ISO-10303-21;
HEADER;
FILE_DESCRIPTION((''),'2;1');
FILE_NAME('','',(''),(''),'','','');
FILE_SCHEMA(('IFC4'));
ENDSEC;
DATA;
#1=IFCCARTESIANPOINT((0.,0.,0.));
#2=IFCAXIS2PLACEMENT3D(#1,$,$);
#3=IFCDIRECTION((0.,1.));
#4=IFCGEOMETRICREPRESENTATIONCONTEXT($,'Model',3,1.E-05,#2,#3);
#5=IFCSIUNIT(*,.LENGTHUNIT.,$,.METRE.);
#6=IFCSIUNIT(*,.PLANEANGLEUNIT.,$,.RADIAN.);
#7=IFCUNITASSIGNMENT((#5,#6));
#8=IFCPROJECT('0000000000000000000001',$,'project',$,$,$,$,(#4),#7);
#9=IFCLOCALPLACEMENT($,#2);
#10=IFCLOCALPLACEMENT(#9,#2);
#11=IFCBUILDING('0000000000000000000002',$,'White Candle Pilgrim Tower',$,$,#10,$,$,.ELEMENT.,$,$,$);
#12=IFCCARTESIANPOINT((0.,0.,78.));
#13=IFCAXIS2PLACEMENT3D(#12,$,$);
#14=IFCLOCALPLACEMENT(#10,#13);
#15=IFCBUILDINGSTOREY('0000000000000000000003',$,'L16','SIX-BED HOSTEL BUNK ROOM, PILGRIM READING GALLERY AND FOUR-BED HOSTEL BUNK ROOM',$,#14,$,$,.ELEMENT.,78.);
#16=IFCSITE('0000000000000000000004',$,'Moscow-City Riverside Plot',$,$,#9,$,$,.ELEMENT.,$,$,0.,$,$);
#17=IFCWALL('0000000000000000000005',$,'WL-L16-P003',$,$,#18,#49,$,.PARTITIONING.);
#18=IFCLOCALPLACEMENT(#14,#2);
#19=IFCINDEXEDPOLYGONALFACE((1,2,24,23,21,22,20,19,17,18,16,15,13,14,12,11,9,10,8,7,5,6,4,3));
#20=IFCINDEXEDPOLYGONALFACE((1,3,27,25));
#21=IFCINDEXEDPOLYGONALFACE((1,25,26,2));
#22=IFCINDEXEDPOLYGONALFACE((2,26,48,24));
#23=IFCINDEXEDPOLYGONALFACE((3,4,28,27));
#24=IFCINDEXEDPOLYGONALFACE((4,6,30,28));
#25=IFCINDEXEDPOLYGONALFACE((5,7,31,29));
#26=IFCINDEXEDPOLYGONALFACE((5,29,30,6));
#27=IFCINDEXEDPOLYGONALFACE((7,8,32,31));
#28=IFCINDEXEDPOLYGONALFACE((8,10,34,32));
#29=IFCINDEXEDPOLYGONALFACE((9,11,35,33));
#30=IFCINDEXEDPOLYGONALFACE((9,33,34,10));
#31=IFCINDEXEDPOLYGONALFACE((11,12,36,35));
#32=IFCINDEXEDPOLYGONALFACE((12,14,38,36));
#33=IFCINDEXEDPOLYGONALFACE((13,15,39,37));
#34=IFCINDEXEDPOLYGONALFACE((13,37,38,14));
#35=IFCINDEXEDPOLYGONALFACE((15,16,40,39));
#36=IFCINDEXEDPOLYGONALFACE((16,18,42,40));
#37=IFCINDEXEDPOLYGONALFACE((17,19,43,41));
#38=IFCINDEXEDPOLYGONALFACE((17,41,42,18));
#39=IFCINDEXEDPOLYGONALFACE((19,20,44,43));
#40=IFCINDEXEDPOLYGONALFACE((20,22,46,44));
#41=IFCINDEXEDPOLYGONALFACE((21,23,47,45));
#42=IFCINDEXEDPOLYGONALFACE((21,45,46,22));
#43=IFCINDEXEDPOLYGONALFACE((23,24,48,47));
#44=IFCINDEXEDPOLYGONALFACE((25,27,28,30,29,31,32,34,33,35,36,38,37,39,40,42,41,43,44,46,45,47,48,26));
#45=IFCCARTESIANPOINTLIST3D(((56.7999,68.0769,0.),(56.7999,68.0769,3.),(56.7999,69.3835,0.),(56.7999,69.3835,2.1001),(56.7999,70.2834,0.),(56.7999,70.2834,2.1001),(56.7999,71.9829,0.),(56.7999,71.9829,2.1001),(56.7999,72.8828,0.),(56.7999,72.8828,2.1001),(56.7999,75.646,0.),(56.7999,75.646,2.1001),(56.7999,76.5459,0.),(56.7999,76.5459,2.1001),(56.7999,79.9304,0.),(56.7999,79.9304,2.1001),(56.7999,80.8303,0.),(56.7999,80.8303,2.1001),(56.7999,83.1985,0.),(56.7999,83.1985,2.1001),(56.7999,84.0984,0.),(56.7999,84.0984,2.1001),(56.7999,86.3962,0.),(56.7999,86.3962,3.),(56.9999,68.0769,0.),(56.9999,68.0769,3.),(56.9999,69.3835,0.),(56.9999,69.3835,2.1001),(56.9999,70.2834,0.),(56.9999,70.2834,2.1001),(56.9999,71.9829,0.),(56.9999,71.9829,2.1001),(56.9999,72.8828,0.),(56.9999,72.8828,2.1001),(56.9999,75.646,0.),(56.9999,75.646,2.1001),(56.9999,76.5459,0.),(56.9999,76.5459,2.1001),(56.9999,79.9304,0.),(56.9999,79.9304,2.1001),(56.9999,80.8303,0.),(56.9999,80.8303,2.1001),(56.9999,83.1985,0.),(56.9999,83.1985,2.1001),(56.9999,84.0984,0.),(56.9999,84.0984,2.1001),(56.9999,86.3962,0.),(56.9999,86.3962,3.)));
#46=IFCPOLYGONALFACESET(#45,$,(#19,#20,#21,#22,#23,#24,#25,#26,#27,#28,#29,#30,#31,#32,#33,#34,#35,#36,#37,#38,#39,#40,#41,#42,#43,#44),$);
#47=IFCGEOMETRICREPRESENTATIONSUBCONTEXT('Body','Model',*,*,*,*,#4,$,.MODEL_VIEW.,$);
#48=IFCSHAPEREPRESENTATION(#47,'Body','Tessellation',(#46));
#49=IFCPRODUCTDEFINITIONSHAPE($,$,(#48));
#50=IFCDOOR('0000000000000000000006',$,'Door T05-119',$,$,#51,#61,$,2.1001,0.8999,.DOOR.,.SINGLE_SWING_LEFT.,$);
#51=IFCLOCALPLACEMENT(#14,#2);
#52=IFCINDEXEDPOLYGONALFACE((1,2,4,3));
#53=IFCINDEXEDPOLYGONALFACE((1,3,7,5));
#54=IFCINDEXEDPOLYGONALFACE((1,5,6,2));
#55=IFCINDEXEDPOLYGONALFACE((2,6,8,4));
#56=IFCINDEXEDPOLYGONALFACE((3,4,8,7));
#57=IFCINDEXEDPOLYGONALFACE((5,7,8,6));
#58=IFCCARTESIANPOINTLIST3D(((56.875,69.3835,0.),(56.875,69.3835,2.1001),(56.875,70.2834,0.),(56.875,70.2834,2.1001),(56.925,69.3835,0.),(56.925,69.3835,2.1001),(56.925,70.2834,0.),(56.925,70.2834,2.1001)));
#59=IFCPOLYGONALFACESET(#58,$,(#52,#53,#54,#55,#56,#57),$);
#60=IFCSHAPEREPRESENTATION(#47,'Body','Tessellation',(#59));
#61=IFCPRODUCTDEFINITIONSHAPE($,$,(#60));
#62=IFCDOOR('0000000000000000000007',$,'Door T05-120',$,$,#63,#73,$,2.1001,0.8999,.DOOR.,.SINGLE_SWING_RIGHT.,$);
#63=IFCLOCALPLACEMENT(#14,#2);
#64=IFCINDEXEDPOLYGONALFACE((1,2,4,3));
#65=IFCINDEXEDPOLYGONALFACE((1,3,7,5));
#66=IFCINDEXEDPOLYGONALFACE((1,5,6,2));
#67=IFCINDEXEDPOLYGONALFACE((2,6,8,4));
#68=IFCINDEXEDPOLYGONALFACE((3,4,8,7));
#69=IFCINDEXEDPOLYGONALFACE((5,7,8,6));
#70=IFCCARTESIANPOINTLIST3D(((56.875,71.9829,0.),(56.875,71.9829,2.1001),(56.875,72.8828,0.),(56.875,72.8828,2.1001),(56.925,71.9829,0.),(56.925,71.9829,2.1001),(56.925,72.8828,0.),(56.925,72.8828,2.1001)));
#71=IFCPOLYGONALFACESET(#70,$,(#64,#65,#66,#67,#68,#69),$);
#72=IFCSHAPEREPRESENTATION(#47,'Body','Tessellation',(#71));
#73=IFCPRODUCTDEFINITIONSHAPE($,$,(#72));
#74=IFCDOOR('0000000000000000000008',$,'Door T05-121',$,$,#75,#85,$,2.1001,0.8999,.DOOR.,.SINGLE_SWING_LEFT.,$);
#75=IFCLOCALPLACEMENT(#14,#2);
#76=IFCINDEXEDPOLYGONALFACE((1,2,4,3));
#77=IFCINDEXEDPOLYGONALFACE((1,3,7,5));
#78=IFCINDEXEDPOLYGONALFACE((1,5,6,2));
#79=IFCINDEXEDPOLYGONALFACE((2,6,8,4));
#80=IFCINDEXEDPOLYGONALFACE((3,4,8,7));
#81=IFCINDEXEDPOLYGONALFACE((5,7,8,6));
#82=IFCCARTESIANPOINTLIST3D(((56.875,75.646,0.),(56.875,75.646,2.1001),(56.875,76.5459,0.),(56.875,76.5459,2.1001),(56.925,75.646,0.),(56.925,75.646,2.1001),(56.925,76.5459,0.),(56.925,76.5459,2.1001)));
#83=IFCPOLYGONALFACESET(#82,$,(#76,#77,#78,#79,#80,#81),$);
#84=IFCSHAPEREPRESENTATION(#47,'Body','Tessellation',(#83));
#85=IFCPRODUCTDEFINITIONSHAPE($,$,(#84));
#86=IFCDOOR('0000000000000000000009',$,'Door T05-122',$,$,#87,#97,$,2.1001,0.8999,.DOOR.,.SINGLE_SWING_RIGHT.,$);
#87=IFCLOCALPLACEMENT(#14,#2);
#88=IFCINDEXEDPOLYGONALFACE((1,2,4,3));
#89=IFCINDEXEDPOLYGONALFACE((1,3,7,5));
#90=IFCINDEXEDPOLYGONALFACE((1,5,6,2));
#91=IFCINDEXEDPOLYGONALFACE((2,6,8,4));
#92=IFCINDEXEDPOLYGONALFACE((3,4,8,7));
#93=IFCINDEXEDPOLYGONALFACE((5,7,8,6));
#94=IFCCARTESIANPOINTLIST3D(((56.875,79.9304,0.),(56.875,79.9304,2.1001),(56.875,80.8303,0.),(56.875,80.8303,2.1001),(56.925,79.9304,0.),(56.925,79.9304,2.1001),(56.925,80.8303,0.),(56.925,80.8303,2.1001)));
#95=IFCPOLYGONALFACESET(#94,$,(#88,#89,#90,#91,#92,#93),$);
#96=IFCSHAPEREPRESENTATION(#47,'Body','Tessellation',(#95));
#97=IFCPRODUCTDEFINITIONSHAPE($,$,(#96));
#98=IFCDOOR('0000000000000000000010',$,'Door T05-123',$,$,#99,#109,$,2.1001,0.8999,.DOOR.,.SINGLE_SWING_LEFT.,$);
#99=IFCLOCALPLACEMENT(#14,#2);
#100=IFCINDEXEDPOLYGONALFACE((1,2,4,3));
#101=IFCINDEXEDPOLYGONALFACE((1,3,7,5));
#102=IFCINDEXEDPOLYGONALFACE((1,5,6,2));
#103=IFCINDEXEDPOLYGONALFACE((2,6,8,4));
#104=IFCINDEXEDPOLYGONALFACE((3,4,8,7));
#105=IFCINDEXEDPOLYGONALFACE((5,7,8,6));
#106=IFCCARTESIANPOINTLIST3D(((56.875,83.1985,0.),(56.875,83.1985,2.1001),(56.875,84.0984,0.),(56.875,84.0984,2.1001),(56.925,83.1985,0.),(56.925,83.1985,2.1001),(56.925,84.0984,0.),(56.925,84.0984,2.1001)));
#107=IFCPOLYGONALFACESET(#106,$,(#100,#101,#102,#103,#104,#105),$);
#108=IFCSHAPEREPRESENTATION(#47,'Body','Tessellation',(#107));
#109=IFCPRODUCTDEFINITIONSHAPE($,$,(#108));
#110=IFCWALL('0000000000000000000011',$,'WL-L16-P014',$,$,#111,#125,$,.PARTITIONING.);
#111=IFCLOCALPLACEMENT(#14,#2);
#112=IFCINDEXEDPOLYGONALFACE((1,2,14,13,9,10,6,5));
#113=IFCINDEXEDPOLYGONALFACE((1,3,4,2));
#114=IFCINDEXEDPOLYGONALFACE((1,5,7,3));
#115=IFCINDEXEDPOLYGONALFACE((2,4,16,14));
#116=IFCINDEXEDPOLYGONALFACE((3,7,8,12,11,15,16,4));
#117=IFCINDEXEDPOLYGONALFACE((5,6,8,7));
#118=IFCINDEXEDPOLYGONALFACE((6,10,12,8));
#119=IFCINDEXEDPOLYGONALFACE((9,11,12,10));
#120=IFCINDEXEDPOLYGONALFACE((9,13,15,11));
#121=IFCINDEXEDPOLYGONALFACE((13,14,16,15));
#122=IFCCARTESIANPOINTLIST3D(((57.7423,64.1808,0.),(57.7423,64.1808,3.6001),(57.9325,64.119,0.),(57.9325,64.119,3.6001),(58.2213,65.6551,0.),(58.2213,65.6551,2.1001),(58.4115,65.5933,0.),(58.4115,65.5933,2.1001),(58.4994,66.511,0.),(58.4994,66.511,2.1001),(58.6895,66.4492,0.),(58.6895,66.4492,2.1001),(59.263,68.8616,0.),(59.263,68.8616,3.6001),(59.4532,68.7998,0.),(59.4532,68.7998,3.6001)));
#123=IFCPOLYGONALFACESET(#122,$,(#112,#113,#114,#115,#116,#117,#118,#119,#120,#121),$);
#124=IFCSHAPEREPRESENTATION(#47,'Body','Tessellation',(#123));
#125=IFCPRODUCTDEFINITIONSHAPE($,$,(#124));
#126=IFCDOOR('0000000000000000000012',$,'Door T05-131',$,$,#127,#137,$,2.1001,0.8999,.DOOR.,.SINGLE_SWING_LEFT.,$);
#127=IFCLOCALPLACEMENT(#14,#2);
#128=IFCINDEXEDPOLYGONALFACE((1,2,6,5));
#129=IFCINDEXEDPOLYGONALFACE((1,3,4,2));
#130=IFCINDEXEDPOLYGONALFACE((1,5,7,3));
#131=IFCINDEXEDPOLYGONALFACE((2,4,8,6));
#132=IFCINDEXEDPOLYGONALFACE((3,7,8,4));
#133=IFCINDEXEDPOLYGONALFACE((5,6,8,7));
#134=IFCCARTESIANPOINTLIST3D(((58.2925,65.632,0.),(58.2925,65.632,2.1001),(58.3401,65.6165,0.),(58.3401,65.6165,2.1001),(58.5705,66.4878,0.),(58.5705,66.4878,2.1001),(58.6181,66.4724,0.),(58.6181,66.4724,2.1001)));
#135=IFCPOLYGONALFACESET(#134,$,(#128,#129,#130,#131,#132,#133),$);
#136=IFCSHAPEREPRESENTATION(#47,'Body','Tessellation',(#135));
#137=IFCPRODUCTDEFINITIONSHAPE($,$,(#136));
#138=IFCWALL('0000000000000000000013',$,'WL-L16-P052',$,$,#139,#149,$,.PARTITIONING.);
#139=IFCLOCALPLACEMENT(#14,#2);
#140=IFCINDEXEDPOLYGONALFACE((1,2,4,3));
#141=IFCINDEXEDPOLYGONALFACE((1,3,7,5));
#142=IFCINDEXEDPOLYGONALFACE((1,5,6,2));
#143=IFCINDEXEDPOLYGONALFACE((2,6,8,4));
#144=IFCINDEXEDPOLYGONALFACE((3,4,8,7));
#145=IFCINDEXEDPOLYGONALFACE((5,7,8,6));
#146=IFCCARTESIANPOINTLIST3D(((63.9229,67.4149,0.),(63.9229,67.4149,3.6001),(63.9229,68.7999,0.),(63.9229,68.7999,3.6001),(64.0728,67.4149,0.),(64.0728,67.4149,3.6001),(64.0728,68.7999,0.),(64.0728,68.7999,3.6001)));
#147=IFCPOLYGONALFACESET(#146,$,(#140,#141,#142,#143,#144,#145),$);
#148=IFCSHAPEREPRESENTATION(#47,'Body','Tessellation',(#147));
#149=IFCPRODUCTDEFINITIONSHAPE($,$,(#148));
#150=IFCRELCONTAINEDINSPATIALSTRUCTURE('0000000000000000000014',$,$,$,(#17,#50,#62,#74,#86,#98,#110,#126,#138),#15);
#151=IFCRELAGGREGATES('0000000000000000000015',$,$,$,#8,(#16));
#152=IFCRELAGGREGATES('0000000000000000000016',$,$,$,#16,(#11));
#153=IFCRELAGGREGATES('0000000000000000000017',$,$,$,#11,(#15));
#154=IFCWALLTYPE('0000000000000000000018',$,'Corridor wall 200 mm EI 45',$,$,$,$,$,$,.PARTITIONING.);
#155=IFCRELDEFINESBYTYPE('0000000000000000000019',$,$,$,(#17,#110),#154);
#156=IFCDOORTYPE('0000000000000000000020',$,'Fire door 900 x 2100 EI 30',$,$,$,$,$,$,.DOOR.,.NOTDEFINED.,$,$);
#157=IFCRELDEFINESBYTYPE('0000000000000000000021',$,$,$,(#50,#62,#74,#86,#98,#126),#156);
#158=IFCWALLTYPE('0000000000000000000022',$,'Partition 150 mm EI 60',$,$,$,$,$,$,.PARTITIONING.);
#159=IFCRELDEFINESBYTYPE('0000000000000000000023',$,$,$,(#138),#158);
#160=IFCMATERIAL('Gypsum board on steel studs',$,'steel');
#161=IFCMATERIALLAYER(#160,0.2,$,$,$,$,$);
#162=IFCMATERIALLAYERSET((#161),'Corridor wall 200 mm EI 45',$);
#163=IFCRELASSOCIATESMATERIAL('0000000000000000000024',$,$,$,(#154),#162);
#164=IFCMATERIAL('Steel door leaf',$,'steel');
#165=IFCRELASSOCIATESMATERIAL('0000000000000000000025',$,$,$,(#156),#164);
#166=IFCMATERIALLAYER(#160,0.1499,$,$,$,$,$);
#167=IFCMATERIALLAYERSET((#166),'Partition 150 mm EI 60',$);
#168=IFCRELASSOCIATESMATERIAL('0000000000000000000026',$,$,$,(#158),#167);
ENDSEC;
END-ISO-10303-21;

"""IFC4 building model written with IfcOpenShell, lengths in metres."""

from ifc_helpers import new_model, si_unit, direction, frame, frame_2d, origin, place, context, subcontext, project, spatial, rectangle, extrude, material, layer, layer_set, type_object, element, fill, save


model = new_model("IFC4")

# Units and contexts
model_context = context("Model", 3, precision=1e-05, world=origin(), true_north=direction((0.0, 1.0)))
body_context = subcontext(model_context, "Body", "Model", "MODEL_VIEW")
ifc_project = project(units=[si_unit("LENGTHUNIT", "METRE"), si_unit("PLANEANGLEUNIT", "RADIAN")], contexts=[model_context])

# Site, building, storey
site_placement = place(None, origin())
site = spatial("IfcSite", under=ifc_project, at=site_placement, Name="Moscow-City Riverside Plot", CompositionType="ELEMENT", RefElevation=0.0)
building_placement = place(site_placement, origin())
building = spatial("IfcBuilding", under=site, at=building_placement, Name="White Candle Pilgrim Tower", CompositionType="ELEMENT")
storey_placement = place(building_placement, frame((0.0, 0.0, 78.0)))
storey = spatial("IfcBuildingStorey", under=building, at=storey_placement, Name="L16", Description="SIX-BED HOSTEL BUNK ROOM, PILGRIM READING GALLERY AND FOUR-BED HOSTEL BUNK ROOM", CompositionType="ELEMENT", Elevation=78.0)

# Shared definitions
ifc_material_1 = material(Name="Gypsum board on steel studs", Category="steel")
ifc_layer_1 = layer(ifc_material_1, 0.2)
ifc_layer_set_1 = layer_set([ifc_layer_1], Name="Corridor wall 200 mm EI 45")
wall_type_1 = type_object("IfcWallType", Name="Corridor wall 200 mm EI 45", PredefinedType="PARTITIONING", material=ifc_layer_set_1)
ifc_material_2 = material(Name="Steel door leaf", Category="steel")
door_type_1 = type_object("IfcDoorType", Name="Fire door 900 x 2100 EI 30", OperationType="NOTDEFINED", PredefinedType="DOOR", material=ifc_material_2)

# Wall, openings, doors
wall_1_placement = place(storey_placement, frame((56.8999, 68.0769, 0.0), z_axis=(0.0, 0.0, 1.0), x_axis=(0.0, 1.0, 0.0)))
wall_1 = element("IfcWall", 1, at=wall_1_placement, inside=storey, type_object=wall_type_1, Name="WL-L16-P003", PredefinedType="PARTITIONING", context=body_context, shape_type="SweptSolid", body=[
    extrude(rectangle(XDim=18.3193, YDim=0.2, at=frame_2d((9.1597, 0.0))), origin(), (0.0, 0.0, 1.0), 3.0),
])
opening_1_placement = place(wall_1_placement, frame((1.3066, 0.0, 0.0)))
opening_1 = element("IfcOpeningElement", 2, at=opening_1_placement, cuts=wall_1, PredefinedType="OPENING", context=body_context, shape_type="SweptSolid", body=[
    extrude(rectangle(XDim=0.8999, YDim=2.1001, at=frame_2d((0.45, 1.05))), frame((0.0, 0.1099, 0.0), z_axis=(0.0, -1.0, 0.0), x_axis=(1.0, 0.0, 0.0)), (0.0, 0.0, 1.0), 0.22),
])
opening_2_placement = place(wall_1_placement, frame((3.906, 0.0, 0.0)))
opening_2 = element("IfcOpeningElement", 3, at=opening_2_placement, cuts=wall_1, PredefinedType="OPENING", context=body_context, shape_type="SweptSolid", body=[
    extrude(rectangle(XDim=0.8999, YDim=2.1001, at=frame_2d((0.45, 1.05))), frame((0.0, 0.1099, 0.0), z_axis=(0.0, -1.0, 0.0), x_axis=(1.0, 0.0, 0.0)), (0.0, 0.0, 1.0), 0.22),
])
opening_3_placement = place(wall_1_placement, frame((7.5691, 0.0, 0.0)))
opening_3 = element("IfcOpeningElement", 4, at=opening_3_placement, cuts=wall_1, PredefinedType="OPENING", context=body_context, shape_type="SweptSolid", body=[
    extrude(rectangle(XDim=0.8999, YDim=2.1001, at=frame_2d((0.45, 1.05))), frame((0.0, 0.1099, 0.0), z_axis=(0.0, -1.0, 0.0), x_axis=(1.0, 0.0, 0.0)), (0.0, 0.0, 1.0), 0.22),
])
opening_4_placement = place(wall_1_placement, frame((11.8535, 0.0, 0.0)))
opening_4 = element("IfcOpeningElement", 5, at=opening_4_placement, cuts=wall_1, PredefinedType="OPENING", context=body_context, shape_type="SweptSolid", body=[
    extrude(rectangle(XDim=0.8999, YDim=2.1001, at=frame_2d((0.45, 1.05))), frame((0.0, 0.1099, 0.0), z_axis=(0.0, -1.0, 0.0), x_axis=(1.0, 0.0, 0.0)), (0.0, 0.0, 1.0), 0.22),
])
opening_5_placement = place(wall_1_placement, frame((15.1216, 0.0, 0.0)))
opening_5 = element("IfcOpeningElement", 6, at=opening_5_placement, cuts=wall_1, PredefinedType="OPENING", context=body_context, shape_type="SweptSolid", body=[
    extrude(rectangle(XDim=0.8999, YDim=2.1001, at=frame_2d((0.45, 1.05))), frame((0.0, 0.1099, 0.0), z_axis=(0.0, -1.0, 0.0), x_axis=(1.0, 0.0, 0.0)), (0.0, 0.0, 1.0), 0.22),
])
door_1_placement = place(opening_1_placement, origin())
door_1 = element("IfcDoor", 7, at=door_1_placement, inside=storey, type_object=door_type_1, Name="Door T05-119", OperationType="SINGLE_SWING_LEFT", OverallHeight=2.1001, OverallWidth=0.8999, PredefinedType="DOOR", context=body_context, shape_type="SweptSolid", body=[
    extrude(rectangle(XDim=0.8999, YDim=2.1001, at=frame_2d((0.45, 1.05))), frame((0.0, 0.0249, 0.0), z_axis=(0.0, -1.0, 0.0), x_axis=(1.0, 0.0, 0.0)), (0.0, 0.0, 1.0), 0.05),
])
fill(opening_1, door_1)
door_2_placement = place(opening_2_placement, origin())
door_2 = element("IfcDoor", 8, at=door_2_placement, inside=storey, type_object=door_type_1, Name="Door T05-120", OperationType="SINGLE_SWING_RIGHT", OverallHeight=2.1001, OverallWidth=0.8999, PredefinedType="DOOR", context=body_context, shape_type="SweptSolid", body=[
    extrude(rectangle(XDim=0.8999, YDim=2.1001, at=frame_2d((0.45, 1.05))), frame((0.0, 0.0249, 0.0), z_axis=(0.0, -1.0, 0.0), x_axis=(1.0, 0.0, 0.0)), (0.0, 0.0, 1.0), 0.05),
])
fill(opening_2, door_2)
door_3_placement = place(opening_3_placement, origin())
door_3 = element("IfcDoor", 9, at=door_3_placement, inside=storey, type_object=door_type_1, Name="Door T05-121", OperationType="SINGLE_SWING_LEFT", OverallHeight=2.1001, OverallWidth=0.8999, PredefinedType="DOOR", context=body_context, shape_type="SweptSolid", body=[
    extrude(rectangle(XDim=0.8999, YDim=2.1001, at=frame_2d((0.45, 1.05))), frame((0.0, 0.0249, 0.0), z_axis=(0.0, -1.0, 0.0), x_axis=(1.0, 0.0, 0.0)), (0.0, 0.0, 1.0), 0.05),
])
fill(opening_3, door_3)
door_4_placement = place(opening_4_placement, origin())
door_4 = element("IfcDoor", 10, at=door_4_placement, inside=storey, type_object=door_type_1, Name="Door T05-122", OperationType="SINGLE_SWING_RIGHT", OverallHeight=2.1001, OverallWidth=0.8999, PredefinedType="DOOR", context=body_context, shape_type="SweptSolid", body=[
    extrude(rectangle(XDim=0.8999, YDim=2.1001, at=frame_2d((0.45, 1.05))), frame((0.0, 0.0249, 0.0), z_axis=(0.0, -1.0, 0.0), x_axis=(1.0, 0.0, 0.0)), (0.0, 0.0, 1.0), 0.05),
])
fill(opening_4, door_4)
door_5_placement = place(opening_5_placement, origin())
door_5 = element("IfcDoor", 11, at=door_5_placement, inside=storey, type_object=door_type_1, Name="Door T05-123", OperationType="SINGLE_SWING_LEFT", OverallHeight=2.1001, OverallWidth=0.8999, PredefinedType="DOOR", context=body_context, shape_type="SweptSolid", body=[
    extrude(rectangle(XDim=0.8999, YDim=2.1001, at=frame_2d((0.45, 1.05))), frame((0.0, 0.0249, 0.0), z_axis=(0.0, -1.0, 0.0), x_axis=(1.0, 0.0, 0.0)), (0.0, 0.0, 1.0), 0.05),
])
fill(opening_5, door_5)

# Wall, opening, door
wall_2_placement = place(storey_placement, frame((59.3582, 68.8308, 0.0), z_axis=(0.0, 0.0, 1.0), x_axis=(-0.308986, -0.951067, 0.0)))
wall_2 = element("IfcWall", 12, at=wall_2_placement, inside=storey, type_object=wall_type_1, Name="WL-L16-P014", PredefinedType="PARTITIONING", context=body_context, shape_type="SweptSolid", body=[
    extrude(rectangle(XDim=4.9216, YDim=0.2, at=frame_2d((2.4609, 0.0))), origin(), (0.0, 0.0, 1.0), 3.6001),
])
opening_6_placement = place(wall_2_placement, frame((2.4717, 0.0, 0.0)))
opening_6 = element("IfcOpeningElement", 13, at=opening_6_placement, cuts=wall_2, PredefinedType="OPENING", context=body_context, shape_type="SweptSolid", body=[
    extrude(rectangle(XDim=0.8999, YDim=2.1001, at=frame_2d((0.45, 1.05))), frame((0.0, 0.1099, 0.0), z_axis=(0.0, -1.0, 0.0), x_axis=(1.0, 0.0, 0.0)), (0.0, 0.0, 1.0), 0.22),
])
door_6_placement = place(opening_6_placement, origin())
door_6 = element("IfcDoor", 14, at=door_6_placement, inside=storey, type_object=door_type_1, Name="Door T05-131", OperationType="SINGLE_SWING_LEFT", OverallHeight=2.1001, OverallWidth=0.8999, PredefinedType="DOOR", context=body_context, shape_type="SweptSolid", body=[
    extrude(rectangle(XDim=0.8999, YDim=2.1001, at=frame_2d((0.45, 1.05))), frame((0.0, 0.0249, 0.0), z_axis=(0.0, -1.0, 0.0), x_axis=(1.0, 0.0, 0.0)), (0.0, 0.0, 1.0), 0.05),
])
fill(opening_6, door_6)

# Wall
ifc_layer_2 = layer(ifc_material_1, 0.1499)
ifc_layer_set_2 = layer_set([ifc_layer_2], Name="Partition 150 mm EI 60")
wall_type_2 = type_object("IfcWallType", Name="Partition 150 mm EI 60", PredefinedType="PARTITIONING", material=ifc_layer_set_2)
wall_3_placement = place(storey_placement, frame((63.9978, 67.415, 0.0), z_axis=(0.0, 0.0, 1.0), x_axis=(0.0, 1.0, 0.0)))
element("IfcWall", 15, at=wall_3_placement, inside=storey, type_object=wall_type_2, Name="WL-L16-P052", PredefinedType="PARTITIONING", context=body_context, shape_type="SweptSolid", body=[
    extrude(rectangle(XDim=1.385, YDim=0.1499, at=frame_2d((0.6924, 0.0))), origin(), (0.0, 0.0, 1.0), 3.6001),
])

save(model, "model.ifc")
